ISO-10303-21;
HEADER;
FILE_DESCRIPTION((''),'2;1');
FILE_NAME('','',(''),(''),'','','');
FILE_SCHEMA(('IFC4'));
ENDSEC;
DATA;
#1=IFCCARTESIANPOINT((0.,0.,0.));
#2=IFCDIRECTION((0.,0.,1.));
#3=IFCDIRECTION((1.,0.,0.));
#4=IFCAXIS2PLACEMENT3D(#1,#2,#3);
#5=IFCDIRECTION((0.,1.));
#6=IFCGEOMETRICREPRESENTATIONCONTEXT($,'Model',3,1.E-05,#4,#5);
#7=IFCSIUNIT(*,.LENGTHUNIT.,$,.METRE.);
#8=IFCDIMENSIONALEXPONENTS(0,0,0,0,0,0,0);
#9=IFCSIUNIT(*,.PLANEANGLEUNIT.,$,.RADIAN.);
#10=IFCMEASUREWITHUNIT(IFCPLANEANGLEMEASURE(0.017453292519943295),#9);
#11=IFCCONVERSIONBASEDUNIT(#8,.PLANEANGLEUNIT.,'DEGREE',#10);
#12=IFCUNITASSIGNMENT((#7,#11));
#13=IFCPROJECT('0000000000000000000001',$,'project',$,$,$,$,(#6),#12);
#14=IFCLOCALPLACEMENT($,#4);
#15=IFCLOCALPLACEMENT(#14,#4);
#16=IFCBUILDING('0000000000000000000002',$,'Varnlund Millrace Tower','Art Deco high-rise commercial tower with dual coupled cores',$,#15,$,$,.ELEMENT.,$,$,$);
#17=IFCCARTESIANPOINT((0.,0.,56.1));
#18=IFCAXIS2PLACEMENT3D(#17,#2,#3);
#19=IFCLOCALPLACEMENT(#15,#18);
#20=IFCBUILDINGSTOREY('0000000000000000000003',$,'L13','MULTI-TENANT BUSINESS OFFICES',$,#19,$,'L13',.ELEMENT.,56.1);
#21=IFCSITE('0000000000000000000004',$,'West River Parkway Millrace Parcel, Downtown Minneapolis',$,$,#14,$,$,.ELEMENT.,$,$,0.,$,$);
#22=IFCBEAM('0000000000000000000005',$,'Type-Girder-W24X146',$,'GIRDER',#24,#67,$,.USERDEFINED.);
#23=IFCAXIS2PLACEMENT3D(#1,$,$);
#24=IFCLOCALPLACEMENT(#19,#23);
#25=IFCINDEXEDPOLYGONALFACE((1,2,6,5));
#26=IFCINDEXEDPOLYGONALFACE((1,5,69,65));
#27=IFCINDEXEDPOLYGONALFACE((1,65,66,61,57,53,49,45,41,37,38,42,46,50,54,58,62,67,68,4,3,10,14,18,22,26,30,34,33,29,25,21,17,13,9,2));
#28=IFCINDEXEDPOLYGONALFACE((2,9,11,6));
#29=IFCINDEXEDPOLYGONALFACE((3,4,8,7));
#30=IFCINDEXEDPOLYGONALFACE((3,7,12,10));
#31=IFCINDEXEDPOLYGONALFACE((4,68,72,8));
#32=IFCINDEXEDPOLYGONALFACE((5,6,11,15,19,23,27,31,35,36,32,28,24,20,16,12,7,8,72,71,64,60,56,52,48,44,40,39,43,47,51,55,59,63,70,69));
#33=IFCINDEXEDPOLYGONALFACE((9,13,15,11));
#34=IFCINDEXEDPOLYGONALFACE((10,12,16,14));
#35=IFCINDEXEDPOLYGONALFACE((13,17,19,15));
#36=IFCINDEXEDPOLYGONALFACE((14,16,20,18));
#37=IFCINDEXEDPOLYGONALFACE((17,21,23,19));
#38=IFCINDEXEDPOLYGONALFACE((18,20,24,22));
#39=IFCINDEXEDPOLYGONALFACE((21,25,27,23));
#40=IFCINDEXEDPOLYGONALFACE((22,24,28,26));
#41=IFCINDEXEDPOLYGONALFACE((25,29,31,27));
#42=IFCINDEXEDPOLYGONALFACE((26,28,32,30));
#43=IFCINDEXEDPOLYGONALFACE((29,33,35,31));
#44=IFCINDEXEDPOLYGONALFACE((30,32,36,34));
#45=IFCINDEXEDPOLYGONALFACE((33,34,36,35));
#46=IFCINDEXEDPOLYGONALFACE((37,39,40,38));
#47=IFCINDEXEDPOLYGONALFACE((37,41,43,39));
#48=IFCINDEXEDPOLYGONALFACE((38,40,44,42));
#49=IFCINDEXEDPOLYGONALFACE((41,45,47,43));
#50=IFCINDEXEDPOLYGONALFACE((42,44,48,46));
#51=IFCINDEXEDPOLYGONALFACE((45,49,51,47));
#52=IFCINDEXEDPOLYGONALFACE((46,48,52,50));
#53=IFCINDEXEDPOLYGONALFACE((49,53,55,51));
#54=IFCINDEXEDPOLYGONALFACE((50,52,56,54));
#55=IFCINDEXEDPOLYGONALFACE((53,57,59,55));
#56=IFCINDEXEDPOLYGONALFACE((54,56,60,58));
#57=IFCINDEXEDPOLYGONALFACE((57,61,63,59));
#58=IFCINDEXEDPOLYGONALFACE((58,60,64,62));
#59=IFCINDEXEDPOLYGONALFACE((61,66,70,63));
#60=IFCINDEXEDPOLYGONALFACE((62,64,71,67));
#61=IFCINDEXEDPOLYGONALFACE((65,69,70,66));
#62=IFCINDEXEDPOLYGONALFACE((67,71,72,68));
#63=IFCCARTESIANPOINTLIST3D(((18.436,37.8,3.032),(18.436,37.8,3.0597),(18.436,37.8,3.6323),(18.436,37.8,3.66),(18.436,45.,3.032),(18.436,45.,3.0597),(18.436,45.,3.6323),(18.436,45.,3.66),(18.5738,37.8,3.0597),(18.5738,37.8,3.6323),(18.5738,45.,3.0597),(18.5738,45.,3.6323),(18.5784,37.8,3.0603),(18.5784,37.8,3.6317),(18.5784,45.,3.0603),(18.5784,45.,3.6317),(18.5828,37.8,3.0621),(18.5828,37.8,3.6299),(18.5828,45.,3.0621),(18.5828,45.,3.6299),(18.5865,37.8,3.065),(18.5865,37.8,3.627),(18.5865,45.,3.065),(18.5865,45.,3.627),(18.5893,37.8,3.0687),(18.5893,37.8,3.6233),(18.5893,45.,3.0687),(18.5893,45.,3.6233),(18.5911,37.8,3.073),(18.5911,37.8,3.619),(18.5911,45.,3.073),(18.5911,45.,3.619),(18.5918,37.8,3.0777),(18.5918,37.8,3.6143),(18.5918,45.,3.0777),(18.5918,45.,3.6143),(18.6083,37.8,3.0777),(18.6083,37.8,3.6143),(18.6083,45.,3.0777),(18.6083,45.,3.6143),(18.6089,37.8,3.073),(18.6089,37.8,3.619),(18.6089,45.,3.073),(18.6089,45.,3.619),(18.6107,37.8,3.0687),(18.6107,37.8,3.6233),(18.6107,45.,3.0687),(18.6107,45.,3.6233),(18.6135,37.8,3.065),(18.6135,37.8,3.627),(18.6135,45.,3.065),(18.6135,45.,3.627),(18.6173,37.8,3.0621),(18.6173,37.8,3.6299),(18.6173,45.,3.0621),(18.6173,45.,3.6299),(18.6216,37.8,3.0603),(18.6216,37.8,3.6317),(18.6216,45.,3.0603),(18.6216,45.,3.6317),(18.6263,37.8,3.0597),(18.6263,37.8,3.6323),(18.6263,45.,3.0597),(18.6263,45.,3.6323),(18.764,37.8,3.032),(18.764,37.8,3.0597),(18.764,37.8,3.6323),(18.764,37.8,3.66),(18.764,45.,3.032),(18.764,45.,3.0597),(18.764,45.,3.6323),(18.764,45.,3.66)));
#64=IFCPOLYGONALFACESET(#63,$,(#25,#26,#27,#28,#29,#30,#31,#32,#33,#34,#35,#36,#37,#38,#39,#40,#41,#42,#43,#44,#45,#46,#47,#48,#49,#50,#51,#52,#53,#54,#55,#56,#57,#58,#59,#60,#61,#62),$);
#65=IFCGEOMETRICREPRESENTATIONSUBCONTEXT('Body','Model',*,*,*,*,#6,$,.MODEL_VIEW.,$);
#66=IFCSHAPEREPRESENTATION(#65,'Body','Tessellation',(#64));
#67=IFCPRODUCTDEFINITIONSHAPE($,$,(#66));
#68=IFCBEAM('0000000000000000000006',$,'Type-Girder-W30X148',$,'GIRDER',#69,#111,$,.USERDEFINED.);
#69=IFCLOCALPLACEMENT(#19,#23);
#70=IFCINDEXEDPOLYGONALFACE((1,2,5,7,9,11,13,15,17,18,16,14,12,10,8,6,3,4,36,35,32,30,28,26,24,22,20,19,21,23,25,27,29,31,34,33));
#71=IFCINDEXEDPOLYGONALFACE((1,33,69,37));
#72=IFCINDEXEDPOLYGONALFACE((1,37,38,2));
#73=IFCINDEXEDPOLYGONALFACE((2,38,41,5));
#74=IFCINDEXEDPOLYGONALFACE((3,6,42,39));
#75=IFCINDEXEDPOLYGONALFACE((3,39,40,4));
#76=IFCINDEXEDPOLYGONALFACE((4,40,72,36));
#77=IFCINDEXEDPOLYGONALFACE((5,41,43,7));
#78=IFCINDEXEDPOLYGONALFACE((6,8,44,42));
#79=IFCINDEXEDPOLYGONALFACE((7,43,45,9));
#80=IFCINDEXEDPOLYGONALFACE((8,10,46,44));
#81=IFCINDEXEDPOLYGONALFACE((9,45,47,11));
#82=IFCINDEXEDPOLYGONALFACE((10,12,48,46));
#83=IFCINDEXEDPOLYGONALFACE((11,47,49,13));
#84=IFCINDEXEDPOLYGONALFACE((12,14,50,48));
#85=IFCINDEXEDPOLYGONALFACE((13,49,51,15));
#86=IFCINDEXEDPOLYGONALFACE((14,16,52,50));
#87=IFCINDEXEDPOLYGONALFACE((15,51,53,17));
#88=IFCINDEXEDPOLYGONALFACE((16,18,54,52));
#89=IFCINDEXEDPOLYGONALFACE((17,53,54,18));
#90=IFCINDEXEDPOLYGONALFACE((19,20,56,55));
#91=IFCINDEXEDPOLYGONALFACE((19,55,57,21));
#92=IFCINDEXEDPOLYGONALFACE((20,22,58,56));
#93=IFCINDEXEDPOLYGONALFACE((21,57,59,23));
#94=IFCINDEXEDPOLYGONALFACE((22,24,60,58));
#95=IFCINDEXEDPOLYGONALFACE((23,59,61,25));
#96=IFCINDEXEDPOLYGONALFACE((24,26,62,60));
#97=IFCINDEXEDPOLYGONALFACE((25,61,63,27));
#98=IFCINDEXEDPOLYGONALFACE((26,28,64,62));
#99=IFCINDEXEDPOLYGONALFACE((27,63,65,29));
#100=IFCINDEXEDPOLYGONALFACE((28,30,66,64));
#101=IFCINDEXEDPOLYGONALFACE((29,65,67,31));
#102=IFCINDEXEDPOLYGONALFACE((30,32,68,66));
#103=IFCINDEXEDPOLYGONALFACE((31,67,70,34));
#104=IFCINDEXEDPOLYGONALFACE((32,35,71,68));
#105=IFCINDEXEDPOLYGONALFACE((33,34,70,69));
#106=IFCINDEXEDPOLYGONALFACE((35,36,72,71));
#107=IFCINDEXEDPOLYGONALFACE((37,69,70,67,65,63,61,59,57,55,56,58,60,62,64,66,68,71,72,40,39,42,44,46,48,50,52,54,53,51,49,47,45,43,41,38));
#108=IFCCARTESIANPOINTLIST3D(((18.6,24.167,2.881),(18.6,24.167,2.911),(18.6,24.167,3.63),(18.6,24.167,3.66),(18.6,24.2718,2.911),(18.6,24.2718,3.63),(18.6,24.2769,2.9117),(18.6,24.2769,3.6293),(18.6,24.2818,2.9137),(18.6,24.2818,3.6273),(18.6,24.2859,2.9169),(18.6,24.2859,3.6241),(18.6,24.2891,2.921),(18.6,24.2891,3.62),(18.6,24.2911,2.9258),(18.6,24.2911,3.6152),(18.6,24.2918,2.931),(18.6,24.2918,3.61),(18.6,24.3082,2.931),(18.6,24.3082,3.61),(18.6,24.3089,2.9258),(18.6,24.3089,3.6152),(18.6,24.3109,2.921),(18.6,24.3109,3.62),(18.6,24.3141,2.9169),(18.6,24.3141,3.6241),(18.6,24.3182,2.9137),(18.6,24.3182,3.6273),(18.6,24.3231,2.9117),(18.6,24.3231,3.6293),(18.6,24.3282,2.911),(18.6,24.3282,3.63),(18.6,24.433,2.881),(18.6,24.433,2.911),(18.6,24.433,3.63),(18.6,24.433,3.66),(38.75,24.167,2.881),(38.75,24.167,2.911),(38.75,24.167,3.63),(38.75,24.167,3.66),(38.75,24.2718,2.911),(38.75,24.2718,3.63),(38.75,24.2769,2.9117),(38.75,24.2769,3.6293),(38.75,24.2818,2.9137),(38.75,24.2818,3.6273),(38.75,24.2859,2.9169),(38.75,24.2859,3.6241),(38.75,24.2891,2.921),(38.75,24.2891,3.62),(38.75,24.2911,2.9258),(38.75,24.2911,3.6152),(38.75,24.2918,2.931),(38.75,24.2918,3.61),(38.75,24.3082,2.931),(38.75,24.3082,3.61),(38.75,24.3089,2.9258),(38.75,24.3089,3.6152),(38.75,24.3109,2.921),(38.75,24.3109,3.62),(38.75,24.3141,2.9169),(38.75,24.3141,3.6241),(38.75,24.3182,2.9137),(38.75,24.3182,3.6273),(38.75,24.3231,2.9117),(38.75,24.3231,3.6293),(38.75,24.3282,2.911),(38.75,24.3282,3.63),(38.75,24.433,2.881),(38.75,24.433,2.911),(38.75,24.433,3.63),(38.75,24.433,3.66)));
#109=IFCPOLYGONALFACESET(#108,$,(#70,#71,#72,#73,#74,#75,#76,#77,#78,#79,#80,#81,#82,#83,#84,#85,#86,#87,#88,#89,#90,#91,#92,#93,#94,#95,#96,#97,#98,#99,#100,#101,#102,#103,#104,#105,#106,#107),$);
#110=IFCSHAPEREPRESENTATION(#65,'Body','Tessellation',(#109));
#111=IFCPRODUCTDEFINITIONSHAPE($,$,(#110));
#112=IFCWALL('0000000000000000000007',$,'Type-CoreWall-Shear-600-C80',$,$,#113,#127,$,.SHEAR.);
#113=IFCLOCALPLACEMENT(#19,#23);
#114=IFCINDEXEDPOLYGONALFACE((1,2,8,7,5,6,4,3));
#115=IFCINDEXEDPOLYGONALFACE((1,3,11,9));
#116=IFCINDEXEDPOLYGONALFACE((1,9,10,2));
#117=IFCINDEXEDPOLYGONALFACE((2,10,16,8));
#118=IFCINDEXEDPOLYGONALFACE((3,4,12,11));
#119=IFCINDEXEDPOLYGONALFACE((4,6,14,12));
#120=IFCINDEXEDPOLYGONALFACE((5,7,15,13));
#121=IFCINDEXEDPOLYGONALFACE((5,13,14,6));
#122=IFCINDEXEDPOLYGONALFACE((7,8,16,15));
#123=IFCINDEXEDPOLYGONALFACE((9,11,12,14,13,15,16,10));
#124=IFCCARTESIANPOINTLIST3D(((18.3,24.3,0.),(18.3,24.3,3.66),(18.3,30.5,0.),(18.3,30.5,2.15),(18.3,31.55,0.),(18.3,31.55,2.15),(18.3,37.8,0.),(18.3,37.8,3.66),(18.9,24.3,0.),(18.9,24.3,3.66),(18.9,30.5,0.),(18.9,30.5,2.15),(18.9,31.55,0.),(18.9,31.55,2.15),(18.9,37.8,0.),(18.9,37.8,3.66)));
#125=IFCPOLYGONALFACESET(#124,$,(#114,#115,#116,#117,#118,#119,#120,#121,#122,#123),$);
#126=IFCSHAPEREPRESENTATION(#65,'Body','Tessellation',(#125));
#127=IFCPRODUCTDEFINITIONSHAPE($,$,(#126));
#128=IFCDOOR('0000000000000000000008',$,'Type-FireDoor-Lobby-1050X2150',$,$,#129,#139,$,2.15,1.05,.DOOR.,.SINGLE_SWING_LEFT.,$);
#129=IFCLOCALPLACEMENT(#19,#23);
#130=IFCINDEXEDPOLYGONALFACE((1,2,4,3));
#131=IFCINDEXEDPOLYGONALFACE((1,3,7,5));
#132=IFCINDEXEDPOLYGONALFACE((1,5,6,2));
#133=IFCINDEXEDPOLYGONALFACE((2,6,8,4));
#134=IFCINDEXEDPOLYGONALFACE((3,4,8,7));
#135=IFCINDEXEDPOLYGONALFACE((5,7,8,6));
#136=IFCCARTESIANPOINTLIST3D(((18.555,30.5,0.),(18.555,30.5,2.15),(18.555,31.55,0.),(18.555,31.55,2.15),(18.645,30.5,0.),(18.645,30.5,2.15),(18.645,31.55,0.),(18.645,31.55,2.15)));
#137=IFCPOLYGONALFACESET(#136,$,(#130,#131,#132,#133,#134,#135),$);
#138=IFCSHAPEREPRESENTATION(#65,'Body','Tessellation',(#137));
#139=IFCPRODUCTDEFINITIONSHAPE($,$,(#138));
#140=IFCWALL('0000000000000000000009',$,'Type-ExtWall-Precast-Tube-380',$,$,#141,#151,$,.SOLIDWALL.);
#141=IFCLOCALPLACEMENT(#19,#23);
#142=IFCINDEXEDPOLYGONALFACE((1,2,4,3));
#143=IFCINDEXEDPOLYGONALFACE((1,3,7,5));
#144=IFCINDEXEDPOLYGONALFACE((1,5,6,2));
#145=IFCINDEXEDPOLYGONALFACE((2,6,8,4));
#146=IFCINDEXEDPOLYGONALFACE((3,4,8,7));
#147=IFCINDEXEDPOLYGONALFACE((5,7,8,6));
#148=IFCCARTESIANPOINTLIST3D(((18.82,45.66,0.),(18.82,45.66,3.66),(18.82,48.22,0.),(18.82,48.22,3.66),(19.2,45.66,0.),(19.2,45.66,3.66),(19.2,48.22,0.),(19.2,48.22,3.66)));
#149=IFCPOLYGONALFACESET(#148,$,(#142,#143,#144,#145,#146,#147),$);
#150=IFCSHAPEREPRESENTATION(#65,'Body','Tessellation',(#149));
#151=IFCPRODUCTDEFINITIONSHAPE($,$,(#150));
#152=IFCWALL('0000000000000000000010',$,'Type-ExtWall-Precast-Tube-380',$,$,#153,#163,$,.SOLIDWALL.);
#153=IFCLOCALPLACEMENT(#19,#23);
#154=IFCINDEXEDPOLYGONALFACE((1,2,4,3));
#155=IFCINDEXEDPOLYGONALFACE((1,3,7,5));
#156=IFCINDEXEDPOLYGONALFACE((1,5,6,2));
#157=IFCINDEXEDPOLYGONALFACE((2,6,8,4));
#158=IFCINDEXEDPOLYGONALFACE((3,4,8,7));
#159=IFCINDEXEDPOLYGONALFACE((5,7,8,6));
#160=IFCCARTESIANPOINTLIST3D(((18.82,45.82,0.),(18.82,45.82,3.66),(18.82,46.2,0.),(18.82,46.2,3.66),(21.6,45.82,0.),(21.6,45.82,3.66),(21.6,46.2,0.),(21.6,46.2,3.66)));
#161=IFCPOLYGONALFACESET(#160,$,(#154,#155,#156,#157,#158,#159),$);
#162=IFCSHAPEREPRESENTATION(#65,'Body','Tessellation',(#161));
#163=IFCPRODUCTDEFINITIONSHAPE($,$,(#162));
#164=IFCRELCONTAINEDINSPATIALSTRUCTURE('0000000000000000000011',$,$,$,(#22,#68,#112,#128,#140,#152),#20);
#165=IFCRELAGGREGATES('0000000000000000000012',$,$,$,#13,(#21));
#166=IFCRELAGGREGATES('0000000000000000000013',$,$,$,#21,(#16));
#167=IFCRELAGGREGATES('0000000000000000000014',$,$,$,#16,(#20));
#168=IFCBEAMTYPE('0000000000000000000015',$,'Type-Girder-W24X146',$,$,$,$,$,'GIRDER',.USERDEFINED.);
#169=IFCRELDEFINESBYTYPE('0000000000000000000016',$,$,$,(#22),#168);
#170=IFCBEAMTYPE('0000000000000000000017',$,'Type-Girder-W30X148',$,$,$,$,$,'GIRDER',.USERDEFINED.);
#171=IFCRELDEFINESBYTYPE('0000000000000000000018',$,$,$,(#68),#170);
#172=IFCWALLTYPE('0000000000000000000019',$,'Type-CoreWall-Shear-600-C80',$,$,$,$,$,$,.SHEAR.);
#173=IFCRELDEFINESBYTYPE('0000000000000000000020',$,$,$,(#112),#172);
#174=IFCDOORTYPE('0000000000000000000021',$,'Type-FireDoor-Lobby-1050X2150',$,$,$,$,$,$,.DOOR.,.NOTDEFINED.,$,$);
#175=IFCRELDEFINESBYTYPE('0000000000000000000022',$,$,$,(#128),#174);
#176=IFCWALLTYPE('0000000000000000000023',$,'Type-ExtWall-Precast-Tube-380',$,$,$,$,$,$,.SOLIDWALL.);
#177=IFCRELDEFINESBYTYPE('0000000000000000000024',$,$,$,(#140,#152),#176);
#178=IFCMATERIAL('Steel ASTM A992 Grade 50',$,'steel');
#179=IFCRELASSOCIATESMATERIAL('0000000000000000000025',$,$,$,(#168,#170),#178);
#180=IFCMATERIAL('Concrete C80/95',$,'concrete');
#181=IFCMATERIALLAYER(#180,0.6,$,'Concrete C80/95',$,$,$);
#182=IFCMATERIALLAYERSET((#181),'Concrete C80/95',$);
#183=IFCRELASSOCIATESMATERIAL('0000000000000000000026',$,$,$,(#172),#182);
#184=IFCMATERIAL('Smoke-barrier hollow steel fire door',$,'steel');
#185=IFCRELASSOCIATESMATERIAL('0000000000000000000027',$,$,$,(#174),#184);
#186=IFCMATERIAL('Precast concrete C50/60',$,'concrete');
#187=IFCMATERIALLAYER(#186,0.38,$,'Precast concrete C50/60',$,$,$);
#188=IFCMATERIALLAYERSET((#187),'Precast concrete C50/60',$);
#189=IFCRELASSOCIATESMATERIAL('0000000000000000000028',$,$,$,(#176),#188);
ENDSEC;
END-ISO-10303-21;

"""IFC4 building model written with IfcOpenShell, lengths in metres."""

from ifc_helpers import new_model, entity, si_unit, converted_unit, direction, frame, origin_with_axes, origin_2d_with_axis, place, context, subcontext, project, spatial, polyline, rectangle, i_section, outline, extrude, material, layer, layer_set, material_profile, profile_set, type_object, element, fill, save


model = new_model("IFC4")

# Units and contexts
model_context = context("Model", 3, precision=1e-05, world=origin_with_axes(), true_north=direction((0.0, 1.0)))
body_context = subcontext(model_context, "Body", "Model", "MODEL_VIEW")
ifc_project = project(units=[si_unit("LENGTHUNIT", "METRE"), converted_unit("PLANEANGLEUNIT", "DEGREE", entity("IfcPlaneAngleMeasure", 0.017453292519943295), si_unit("PLANEANGLEUNIT", "RADIAN"), dimensions=[0, 0, 0, 0, 0, 0, 0])], contexts=[model_context])

# Site, building, storey
site_placement = place(None, origin_with_axes())
site = spatial("IfcSite", under=ifc_project, at=site_placement, Name="West River Parkway Millrace Parcel, Downtown Minneapolis", CompositionType="ELEMENT", RefElevation=0.0)
building_placement = place(site_placement, origin_with_axes())
building = spatial("IfcBuilding", under=site, at=building_placement, Name="Varnlund Millrace Tower", Description="Art Deco high-rise commercial tower with dual coupled cores", CompositionType="ELEMENT")
storey_placement = place(building_placement, frame((0.0, 0.0, 56.1), z_axis=(0.0, 0.0, 1.0), x_axis=(1.0, 0.0, 0.0)))
storey = spatial("IfcBuildingStorey", under=building, at=storey_placement, Name="L13", Description="MULTI-TENANT BUSINESS OFFICES", LongName="L13", CompositionType="ELEMENT", Elevation=56.1)

# Shared definitions
ifc_material_1 = material(Name="Concrete C80/95", Category="concrete")

# Beams
ifc_material_2 = material(Name="Steel ASTM A992 Grade 50", Category="steel")
ifc_material_profile_1 = material_profile(ifc_material_2, i_section(OverallWidth=0.328, OverallDepth=0.628, WebThickness=0.0165, FlangeThickness=0.0277, FilletRadius=0.018, at=origin_2d_with_axis()), Name="Steel ASTM A992 Grade 50")
ifc_profile_set_1 = profile_set([ifc_material_profile_1], Name="Steel ASTM A992 Grade 50")
beam_type_1 = type_object("IfcBeamType", Name="Type-Girder-W24X146", ElementType="GIRDER", PredefinedType="USERDEFINED", material=ifc_profile_set_1)
beam_1_placement = place(storey_placement, frame((18.6, 37.8, 3.346), z_axis=(0.0, 1.0, 0.0), x_axis=(-1.0, 0.0, 0.0)))
element("IfcBeam", 1, at=beam_1_placement, inside=storey, type_object=beam_type_1, Name="Type-Girder-W24X146", ObjectType="GIRDER", PredefinedType="USERDEFINED", context=body_context, shape_type="SweptSolid", body=[
    extrude(i_section(OverallWidth=0.328, OverallDepth=0.628, WebThickness=0.0165, FlangeThickness=0.0277, FilletRadius=0.018, at=origin_2d_with_axis()), origin_with_axes(), (0.0, 0.0, 1.0), 7.2),
])
ifc_material_profile_2 = material_profile(ifc_material_2, i_section(OverallWidth=0.266, OverallDepth=0.779, WebThickness=0.0165, FlangeThickness=0.03, FilletRadius=0.02, at=origin_2d_with_axis()), Name="Steel ASTM A992 Grade 50")
ifc_profile_set_2 = profile_set([ifc_material_profile_2], Name="Steel ASTM A992 Grade 50")
beam_type_2 = type_object("IfcBeamType", Name="Type-Girder-W30X148", ElementType="GIRDER", PredefinedType="USERDEFINED", material=ifc_profile_set_2)
beam_2_placement = place(storey_placement, frame((18.6, 24.3, 3.2705), z_axis=(1.0, 0.0, 0.0), x_axis=(0.0, 1.0, 0.0)))
element("IfcBeam", 2, at=beam_2_placement, inside=storey, type_object=beam_type_2, Name="Type-Girder-W30X148", ObjectType="GIRDER", PredefinedType="USERDEFINED", context=body_context, shape_type="SweptSolid", body=[
    extrude(i_section(OverallWidth=0.266, OverallDepth=0.779, WebThickness=0.0165, FlangeThickness=0.03, FilletRadius=0.02, at=origin_2d_with_axis()), origin_with_axes(), (0.0, 0.0, 1.0), 20.15),
])

# Wall, opening, door
ifc_layer_1 = layer(ifc_material_1, 0.6, Name="Concrete C80/95")
ifc_layer_set_1 = layer_set([ifc_layer_1], Name="Concrete C80/95")
wall_type_1 = type_object("IfcWallType", Name="Type-CoreWall-Shear-600-C80", PredefinedType="SHEAR", material=ifc_layer_set_1)
wall_1_placement = place(storey_placement, frame((18.6, 24.3, 0.0), z_axis=(0.0, 0.0, 1.0), x_axis=(0.0, 1.0, 0.0)))
wall_1 = element("IfcWall", 3, at=wall_1_placement, inside=storey, type_object=wall_type_1, Name="Type-CoreWall-Shear-600-C80", PredefinedType="SHEAR", context=body_context, shape_type="SweptSolid", body=[
    extrude(outline(polyline([(0.0, -0.3), (13.5, -0.3), (13.5, 0.3), (0.0, 0.3), (0.0, -0.3)])), origin_with_axes(), (0.0, 0.0, 1.0), 3.66),
])
opening_1_placement = place(wall_1_placement, frame((6.725, 0.0, 0.0), z_axis=(0.0, 0.0, 1.0), x_axis=(1.0, 0.0, 0.0)))
opening_1 = element("IfcOpeningElement", 4, at=opening_1_placement, cuts=wall_1, PredefinedType="OPENING", context=body_context, shape_type="SweptSolid", body=[
    extrude(rectangle(XDim=1.05, YDim=0.62, at=origin_2d_with_axis()), origin_with_axes(), (0.0, 0.0, 1.0), 2.15),
])
ifc_material_3 = material(Name="Smoke-barrier hollow steel fire door", Category="steel")
door_type = type_object("IfcDoorType", Name="Type-FireDoor-Lobby-1050X2150", OperationType="NOTDEFINED", PredefinedType="DOOR", material=ifc_material_3)
door_placement = place(wall_1_placement, frame((6.725, 0.0, 0.0), z_axis=(0.0, 0.0, 1.0), x_axis=(1.0, 0.0, 0.0)))
door = element("IfcDoor", 5, at=door_placement, inside=storey, type_object=door_type, Name="Type-FireDoor-Lobby-1050X2150", OperationType="SINGLE_SWING_LEFT", OverallHeight=2.15, OverallWidth=1.05, PredefinedType="DOOR", context=body_context, shape_type="SweptSolid", body=[
    extrude(rectangle(XDim=1.05, YDim=0.09, at=origin_2d_with_axis()), origin_with_axes(), (0.0, 0.0, 1.0), 2.15),
])
fill(opening_1, door)

# Walls
ifc_material_4 = material(Name="Precast concrete C50/60", Category="concrete")
ifc_layer_2 = layer(ifc_material_4, 0.38, Name="Precast concrete C50/60")
ifc_layer_set_2 = layer_set([ifc_layer_2], Name="Precast concrete C50/60")
wall_type_2 = type_object("IfcWallType", Name="Type-ExtWall-Precast-Tube-380", PredefinedType="SOLIDWALL", material=ifc_layer_set_2)
wall_2_placement = place(storey_placement, frame((19.01, 48.22, 0.0), z_axis=(0.0, 0.0, 1.0), x_axis=(0.0, -1.0, 0.0)))
element("IfcWall", 6, at=wall_2_placement, inside=storey, type_object=wall_type_2, Name="Type-ExtWall-Precast-Tube-380", PredefinedType="SOLIDWALL", context=body_context, shape_type="SweptSolid", body=[
    extrude(outline(polyline([(0.0, -0.19), (2.56, -0.19), (2.56, 0.19), (0.0, 0.19), (0.0, -0.19)])), origin_with_axes(), (0.0, 0.0, 1.0), 3.66),
])
wall_3_placement = place(storey_placement, frame((18.82, 46.01, 0.0), z_axis=(0.0, 0.0, 1.0), x_axis=(1.0, 0.0, 0.0)))
element("IfcWall", 7, at=wall_3_placement, inside=storey, type_object=wall_type_2, Name="Type-ExtWall-Precast-Tube-380", PredefinedType="SOLIDWALL", context=body_context, shape_type="SweptSolid", body=[
    extrude(outline(polyline([(0.0, -0.19), (2.78, -0.19), (2.78, 0.19), (0.0, 0.19), (0.0, -0.19)])), origin_with_axes(), (0.0, 0.0, 1.0), 3.66),
])

save(model, "model.ifc")
